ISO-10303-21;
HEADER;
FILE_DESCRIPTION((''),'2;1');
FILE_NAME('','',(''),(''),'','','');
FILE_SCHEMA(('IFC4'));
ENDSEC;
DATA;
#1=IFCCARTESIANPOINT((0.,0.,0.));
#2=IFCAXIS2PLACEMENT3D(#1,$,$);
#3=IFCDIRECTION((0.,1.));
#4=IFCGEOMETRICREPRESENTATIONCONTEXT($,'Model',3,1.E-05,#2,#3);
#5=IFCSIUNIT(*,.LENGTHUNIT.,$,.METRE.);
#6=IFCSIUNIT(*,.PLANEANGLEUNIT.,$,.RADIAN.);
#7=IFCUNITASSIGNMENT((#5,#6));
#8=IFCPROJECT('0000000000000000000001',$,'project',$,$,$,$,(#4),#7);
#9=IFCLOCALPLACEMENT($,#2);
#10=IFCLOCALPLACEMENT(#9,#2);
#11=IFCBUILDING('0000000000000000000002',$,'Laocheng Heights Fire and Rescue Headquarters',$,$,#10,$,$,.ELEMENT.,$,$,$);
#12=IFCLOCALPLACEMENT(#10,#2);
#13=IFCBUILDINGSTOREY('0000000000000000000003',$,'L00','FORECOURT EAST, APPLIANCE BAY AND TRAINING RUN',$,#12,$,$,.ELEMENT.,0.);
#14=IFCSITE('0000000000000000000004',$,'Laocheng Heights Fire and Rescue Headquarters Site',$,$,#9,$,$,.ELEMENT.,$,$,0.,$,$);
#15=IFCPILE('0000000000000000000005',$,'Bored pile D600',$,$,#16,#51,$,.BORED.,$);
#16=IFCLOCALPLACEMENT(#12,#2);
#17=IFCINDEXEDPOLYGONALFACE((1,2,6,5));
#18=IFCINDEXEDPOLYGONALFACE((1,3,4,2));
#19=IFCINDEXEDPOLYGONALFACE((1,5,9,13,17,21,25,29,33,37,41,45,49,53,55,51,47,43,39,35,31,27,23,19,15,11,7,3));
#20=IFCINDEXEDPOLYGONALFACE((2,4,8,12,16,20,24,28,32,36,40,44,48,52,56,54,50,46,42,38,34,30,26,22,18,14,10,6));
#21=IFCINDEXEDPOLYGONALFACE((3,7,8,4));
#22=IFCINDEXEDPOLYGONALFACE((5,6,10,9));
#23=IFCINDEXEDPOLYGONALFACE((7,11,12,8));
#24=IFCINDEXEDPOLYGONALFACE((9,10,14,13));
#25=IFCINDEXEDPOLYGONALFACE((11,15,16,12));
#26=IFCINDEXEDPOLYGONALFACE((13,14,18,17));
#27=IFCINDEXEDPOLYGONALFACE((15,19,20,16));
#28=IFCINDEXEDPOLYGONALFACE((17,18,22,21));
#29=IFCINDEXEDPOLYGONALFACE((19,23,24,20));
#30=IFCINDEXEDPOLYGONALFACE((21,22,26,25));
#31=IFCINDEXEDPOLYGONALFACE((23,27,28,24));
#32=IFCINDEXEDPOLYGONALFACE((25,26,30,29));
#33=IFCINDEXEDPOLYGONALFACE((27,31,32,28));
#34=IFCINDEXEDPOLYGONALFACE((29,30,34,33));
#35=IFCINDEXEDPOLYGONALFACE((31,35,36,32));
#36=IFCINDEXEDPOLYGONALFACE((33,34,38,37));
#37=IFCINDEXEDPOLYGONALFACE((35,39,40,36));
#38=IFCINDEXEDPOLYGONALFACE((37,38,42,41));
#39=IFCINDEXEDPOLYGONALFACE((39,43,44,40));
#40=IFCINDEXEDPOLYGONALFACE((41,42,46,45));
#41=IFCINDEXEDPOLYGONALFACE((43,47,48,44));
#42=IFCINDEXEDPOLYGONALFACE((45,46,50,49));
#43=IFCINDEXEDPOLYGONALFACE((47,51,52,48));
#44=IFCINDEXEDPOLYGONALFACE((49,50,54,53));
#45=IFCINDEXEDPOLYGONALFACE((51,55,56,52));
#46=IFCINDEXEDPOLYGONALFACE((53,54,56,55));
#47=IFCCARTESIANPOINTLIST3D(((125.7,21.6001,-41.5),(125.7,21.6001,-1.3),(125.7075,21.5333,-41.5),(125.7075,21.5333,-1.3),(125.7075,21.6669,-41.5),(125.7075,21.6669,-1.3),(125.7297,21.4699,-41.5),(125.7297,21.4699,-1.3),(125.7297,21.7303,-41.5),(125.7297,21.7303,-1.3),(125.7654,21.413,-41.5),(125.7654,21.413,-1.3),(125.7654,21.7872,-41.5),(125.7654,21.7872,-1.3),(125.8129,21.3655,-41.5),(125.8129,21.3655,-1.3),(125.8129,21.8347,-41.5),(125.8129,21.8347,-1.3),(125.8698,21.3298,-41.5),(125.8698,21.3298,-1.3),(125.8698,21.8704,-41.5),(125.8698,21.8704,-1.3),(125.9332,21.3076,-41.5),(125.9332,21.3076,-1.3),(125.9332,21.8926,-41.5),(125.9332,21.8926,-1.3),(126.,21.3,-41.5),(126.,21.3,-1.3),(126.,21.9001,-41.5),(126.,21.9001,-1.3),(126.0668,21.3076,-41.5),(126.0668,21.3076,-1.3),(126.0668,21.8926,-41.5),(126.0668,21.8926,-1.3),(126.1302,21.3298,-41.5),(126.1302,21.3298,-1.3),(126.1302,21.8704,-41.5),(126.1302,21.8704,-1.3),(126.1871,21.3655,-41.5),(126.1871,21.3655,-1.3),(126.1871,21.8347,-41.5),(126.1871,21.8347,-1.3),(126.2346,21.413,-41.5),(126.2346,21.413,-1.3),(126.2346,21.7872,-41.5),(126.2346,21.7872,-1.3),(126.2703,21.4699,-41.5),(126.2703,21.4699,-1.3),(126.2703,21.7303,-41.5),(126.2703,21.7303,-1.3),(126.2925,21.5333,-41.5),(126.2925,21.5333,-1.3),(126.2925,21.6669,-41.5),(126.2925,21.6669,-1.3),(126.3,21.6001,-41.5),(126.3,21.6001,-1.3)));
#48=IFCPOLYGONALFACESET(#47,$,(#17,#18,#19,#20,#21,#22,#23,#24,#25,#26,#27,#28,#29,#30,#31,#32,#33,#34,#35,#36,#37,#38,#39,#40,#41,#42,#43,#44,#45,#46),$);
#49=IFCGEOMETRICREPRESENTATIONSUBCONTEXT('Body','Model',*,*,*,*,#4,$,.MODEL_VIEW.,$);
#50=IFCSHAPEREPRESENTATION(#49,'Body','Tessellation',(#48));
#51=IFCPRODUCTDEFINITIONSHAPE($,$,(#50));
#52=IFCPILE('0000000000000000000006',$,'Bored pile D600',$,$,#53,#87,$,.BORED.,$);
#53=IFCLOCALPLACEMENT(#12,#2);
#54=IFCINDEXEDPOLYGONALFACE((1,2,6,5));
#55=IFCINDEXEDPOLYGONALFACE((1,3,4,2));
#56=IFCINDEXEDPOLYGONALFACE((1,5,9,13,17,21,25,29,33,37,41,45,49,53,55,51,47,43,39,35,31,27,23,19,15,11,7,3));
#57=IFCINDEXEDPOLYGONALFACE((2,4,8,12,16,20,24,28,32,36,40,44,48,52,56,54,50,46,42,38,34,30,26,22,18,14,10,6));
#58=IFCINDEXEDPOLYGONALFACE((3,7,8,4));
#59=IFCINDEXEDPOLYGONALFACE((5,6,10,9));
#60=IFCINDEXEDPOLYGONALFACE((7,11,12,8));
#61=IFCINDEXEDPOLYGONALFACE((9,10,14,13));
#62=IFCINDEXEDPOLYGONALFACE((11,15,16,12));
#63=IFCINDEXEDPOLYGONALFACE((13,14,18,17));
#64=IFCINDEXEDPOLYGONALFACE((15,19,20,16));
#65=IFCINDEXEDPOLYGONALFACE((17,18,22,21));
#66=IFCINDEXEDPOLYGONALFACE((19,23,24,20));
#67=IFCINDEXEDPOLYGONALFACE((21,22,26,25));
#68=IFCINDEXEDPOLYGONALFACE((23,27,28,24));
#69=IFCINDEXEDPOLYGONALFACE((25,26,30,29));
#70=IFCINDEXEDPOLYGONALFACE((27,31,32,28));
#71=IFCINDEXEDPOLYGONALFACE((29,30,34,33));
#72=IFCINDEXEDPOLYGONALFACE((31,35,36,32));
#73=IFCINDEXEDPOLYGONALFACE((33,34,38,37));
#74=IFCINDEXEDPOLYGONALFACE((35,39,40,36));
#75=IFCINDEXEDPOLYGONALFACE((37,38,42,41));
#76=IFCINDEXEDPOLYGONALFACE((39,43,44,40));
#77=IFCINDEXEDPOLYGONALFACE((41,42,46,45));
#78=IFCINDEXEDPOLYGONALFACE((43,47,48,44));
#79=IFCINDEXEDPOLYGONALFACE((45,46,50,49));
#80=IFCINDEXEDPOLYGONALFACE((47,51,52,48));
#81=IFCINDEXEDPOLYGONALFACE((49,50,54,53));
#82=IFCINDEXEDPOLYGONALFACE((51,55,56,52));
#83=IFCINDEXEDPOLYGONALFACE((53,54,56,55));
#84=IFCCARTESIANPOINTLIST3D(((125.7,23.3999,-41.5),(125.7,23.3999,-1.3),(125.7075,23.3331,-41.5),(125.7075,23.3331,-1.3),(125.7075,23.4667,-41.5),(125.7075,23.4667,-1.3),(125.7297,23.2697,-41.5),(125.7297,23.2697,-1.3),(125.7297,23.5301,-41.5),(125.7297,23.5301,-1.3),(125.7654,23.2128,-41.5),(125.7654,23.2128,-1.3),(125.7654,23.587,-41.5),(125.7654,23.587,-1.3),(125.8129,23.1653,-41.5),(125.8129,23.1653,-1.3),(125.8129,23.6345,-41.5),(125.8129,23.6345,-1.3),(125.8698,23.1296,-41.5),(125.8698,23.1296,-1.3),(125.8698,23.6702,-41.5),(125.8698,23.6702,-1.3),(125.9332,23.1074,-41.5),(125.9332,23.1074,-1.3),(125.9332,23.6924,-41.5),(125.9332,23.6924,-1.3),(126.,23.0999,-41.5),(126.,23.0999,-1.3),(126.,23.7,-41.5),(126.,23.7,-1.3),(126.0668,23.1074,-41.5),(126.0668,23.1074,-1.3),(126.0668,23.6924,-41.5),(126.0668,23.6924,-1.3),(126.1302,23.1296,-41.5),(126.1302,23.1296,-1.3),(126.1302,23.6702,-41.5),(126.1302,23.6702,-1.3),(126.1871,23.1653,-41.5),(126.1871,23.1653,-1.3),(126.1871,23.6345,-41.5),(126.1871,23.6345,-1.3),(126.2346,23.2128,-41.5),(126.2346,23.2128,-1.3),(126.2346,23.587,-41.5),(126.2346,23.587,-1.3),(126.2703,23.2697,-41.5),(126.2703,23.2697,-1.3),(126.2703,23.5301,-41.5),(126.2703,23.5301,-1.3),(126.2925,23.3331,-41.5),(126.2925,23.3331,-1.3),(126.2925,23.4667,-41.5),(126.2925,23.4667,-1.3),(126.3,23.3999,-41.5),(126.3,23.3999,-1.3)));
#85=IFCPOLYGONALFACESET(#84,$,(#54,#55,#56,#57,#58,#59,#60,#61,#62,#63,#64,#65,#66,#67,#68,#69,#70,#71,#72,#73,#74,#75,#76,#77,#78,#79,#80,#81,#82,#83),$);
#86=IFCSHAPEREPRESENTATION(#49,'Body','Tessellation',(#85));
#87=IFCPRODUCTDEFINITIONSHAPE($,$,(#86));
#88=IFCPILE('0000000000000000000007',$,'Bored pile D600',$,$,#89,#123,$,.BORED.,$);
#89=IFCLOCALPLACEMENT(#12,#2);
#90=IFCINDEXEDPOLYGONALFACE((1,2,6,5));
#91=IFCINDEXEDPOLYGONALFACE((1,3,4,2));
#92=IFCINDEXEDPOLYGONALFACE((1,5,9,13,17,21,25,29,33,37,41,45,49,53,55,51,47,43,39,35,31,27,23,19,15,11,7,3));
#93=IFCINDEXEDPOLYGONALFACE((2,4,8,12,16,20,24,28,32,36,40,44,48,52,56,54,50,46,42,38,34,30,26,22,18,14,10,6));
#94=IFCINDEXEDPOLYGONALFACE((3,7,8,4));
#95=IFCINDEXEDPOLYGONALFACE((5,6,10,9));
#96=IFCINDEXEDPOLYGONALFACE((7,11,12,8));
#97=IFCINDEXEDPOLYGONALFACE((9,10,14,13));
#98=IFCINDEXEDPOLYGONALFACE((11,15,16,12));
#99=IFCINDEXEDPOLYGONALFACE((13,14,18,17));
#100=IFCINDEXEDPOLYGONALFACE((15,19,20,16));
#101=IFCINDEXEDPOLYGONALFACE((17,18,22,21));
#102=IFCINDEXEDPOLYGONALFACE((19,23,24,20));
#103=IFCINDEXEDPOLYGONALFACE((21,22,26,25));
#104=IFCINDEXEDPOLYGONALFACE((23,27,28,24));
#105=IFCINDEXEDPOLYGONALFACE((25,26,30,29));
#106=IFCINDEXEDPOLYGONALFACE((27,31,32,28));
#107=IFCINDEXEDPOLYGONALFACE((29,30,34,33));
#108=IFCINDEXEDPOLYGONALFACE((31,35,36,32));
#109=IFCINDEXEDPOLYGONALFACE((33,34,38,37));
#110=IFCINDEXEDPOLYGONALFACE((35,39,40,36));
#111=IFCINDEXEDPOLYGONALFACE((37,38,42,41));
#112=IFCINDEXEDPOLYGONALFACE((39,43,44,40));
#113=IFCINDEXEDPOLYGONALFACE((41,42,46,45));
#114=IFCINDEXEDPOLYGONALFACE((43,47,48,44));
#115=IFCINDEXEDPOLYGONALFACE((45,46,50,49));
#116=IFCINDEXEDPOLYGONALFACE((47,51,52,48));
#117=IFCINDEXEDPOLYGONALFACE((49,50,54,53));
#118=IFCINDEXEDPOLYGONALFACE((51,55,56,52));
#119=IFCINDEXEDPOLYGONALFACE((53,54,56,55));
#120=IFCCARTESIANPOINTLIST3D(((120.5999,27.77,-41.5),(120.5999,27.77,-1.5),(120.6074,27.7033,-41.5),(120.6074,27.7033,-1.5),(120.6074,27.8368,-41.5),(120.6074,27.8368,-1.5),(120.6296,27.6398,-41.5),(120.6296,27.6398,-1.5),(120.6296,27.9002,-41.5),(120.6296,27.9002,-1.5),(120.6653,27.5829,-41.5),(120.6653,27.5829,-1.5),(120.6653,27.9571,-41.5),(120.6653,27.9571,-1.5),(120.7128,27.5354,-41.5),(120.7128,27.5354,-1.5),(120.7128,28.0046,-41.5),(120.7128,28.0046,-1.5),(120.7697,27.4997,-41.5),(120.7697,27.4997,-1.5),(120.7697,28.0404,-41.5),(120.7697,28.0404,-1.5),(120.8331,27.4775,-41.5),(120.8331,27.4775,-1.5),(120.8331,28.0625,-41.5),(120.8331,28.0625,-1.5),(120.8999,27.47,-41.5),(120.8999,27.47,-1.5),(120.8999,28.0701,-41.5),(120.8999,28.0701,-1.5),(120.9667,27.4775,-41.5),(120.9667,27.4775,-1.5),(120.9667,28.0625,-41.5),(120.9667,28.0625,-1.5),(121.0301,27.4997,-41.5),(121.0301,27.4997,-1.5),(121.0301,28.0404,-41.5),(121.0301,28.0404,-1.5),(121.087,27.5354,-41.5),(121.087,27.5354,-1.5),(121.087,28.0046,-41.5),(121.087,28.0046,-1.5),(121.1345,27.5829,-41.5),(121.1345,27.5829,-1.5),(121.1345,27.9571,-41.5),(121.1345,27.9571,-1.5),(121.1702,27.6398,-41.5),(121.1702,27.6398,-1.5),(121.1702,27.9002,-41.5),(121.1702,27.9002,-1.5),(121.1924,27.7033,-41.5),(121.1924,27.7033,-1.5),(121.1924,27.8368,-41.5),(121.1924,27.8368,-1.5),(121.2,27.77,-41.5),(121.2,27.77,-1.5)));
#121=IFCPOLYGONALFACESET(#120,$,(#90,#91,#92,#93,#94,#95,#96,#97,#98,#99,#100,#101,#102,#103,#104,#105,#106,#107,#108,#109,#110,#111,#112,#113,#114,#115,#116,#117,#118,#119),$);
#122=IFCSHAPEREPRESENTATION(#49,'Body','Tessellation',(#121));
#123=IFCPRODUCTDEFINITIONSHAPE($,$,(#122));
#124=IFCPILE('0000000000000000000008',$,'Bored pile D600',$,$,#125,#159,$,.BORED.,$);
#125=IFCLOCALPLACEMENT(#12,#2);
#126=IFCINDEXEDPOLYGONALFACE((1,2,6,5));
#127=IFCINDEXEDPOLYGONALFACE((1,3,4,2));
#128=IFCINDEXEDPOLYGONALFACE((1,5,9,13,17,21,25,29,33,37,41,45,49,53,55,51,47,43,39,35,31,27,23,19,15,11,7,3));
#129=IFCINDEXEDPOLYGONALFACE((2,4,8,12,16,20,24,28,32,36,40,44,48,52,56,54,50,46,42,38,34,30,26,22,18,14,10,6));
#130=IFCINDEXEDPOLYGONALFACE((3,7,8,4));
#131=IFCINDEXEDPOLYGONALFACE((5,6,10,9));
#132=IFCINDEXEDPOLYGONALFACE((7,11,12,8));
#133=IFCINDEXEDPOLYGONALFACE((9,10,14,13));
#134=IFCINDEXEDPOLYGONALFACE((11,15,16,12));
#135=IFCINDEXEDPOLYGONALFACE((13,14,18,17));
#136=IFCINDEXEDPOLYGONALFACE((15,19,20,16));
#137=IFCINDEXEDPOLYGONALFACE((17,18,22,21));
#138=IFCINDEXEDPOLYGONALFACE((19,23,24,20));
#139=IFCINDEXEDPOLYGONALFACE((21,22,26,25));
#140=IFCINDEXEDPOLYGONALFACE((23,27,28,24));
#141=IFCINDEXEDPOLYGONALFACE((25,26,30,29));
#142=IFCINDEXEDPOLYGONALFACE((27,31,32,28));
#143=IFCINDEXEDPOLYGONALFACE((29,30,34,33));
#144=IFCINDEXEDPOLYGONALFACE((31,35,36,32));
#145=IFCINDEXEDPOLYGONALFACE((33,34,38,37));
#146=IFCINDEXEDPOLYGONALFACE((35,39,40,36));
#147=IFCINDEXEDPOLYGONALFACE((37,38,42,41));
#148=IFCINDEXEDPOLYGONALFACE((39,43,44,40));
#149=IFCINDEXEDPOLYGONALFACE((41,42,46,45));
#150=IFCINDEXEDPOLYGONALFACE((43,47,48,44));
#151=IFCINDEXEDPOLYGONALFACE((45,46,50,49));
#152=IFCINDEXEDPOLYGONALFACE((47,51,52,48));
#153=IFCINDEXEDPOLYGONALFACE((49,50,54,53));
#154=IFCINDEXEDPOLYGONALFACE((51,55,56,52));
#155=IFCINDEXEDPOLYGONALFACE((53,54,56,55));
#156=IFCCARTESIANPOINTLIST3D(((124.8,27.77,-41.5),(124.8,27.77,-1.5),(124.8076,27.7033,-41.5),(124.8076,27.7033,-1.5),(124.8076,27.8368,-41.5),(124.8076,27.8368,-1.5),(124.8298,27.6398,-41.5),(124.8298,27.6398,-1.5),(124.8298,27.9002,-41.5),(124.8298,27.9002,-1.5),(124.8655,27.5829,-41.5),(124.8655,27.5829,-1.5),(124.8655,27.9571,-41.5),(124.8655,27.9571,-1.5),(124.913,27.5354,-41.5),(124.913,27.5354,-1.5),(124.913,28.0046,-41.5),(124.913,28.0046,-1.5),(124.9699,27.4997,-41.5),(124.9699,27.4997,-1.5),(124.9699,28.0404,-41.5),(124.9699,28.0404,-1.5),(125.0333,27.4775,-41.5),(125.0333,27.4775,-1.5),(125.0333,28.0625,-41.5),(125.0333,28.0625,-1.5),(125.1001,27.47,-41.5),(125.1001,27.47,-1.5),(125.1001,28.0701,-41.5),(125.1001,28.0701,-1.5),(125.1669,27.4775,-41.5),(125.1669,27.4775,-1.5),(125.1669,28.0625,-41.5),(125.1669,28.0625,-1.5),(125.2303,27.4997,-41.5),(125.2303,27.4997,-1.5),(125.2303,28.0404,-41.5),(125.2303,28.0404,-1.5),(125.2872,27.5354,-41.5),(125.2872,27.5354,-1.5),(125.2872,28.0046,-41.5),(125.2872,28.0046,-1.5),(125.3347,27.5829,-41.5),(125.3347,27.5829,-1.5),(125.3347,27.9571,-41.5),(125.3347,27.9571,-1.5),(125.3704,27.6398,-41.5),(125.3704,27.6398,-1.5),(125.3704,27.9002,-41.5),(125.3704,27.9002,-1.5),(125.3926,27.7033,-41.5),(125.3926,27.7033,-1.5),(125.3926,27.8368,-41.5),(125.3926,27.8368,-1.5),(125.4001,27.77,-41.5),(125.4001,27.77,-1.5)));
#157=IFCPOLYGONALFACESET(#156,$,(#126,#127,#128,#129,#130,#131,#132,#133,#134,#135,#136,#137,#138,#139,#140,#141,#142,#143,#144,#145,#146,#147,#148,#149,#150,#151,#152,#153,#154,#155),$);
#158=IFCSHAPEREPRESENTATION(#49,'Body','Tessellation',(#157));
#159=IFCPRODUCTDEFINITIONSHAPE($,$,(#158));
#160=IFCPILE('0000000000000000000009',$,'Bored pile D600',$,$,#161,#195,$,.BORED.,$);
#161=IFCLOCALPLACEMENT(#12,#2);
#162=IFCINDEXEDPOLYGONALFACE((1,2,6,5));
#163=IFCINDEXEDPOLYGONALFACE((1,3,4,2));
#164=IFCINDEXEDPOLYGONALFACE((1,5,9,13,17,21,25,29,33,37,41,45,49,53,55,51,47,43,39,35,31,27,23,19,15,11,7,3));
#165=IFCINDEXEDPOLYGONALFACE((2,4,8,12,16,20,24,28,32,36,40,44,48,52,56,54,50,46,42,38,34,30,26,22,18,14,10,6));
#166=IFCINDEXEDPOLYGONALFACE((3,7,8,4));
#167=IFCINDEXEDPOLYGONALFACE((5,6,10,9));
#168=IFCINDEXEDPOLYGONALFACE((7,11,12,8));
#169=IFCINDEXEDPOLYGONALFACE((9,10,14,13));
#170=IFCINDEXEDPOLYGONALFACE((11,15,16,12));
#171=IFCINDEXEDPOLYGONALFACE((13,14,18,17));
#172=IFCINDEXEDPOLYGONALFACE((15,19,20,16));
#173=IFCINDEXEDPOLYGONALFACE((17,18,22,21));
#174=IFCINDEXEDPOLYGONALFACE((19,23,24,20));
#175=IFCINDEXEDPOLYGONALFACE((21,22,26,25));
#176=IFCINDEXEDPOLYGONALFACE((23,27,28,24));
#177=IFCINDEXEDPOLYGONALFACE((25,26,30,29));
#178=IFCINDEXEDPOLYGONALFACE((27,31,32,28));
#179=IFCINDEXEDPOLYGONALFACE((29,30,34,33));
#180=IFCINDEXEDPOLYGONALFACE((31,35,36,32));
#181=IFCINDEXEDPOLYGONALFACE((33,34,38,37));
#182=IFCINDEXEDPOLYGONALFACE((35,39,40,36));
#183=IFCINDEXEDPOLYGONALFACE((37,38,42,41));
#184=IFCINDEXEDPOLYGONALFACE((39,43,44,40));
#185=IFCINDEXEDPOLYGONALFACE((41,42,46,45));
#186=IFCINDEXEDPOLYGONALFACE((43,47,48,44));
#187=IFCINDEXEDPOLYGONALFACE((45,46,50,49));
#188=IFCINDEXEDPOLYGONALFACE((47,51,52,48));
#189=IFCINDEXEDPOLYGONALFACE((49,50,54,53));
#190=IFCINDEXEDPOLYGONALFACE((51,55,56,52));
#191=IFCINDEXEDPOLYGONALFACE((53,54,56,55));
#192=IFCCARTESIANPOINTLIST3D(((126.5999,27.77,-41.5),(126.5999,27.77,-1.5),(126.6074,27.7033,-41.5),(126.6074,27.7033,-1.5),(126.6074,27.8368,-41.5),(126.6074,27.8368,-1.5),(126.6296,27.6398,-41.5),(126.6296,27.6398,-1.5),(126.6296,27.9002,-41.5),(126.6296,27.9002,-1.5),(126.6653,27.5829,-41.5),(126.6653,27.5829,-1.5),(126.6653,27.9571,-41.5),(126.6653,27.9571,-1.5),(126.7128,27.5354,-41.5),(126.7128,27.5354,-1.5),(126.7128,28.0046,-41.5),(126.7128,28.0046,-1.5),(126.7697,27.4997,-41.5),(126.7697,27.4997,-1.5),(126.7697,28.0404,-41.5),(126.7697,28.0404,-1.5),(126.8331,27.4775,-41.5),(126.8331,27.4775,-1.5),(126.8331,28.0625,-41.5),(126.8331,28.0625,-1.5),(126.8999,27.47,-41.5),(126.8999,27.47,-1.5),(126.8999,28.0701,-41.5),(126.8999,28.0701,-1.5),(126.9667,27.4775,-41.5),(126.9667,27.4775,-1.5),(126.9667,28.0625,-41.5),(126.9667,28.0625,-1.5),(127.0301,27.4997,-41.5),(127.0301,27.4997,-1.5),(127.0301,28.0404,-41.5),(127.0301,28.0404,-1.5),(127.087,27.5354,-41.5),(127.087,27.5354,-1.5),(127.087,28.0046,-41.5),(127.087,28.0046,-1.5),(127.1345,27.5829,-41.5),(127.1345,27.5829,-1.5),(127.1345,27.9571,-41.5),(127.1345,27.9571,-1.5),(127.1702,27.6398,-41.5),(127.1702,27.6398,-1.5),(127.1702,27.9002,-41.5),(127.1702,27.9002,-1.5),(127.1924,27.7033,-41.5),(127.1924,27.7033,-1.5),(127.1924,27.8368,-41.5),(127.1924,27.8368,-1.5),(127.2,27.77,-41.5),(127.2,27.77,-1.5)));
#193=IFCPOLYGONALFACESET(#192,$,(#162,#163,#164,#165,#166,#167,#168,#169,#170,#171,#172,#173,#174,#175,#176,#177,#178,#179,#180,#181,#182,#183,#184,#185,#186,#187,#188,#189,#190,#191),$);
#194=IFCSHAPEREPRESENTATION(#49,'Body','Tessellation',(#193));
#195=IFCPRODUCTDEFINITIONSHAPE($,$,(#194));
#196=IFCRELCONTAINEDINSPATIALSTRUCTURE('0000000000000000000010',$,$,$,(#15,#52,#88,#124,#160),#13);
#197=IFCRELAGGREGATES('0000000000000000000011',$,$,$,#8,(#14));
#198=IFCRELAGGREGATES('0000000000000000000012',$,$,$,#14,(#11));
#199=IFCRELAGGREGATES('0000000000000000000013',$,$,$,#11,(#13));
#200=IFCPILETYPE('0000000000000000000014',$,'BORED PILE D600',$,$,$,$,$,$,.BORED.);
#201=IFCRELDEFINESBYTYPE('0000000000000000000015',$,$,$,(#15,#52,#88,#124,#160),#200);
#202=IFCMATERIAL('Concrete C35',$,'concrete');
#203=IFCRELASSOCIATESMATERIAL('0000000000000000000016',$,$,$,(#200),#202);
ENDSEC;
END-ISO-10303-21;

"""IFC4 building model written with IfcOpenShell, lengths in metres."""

from ifc_helpers import new_model, si_unit, direction, frame, origin, origin_2d, place, context, subcontext, project, spatial, circle, extrude, material, material_profile, profile_set, type_object, element, save


model = new_model("IFC4")

# Units and contexts
model_context = context("Model", 3, precision=1e-05, world=origin(), true_north=direction((0.0, 1.0)))
body_context = subcontext(model_context, "Body", "Model", "MODEL_VIEW")
ifc_project = project(units=[si_unit("LENGTHUNIT", "METRE"), si_unit("PLANEANGLEUNIT", "RADIAN")], contexts=[model_context])

# Site, building, storey
site_placement = place(None, origin())
site = spatial("IfcSite", under=ifc_project, at=site_placement, Name="Laocheng Heights Fire and Rescue Headquarters Site", CompositionType="ELEMENT", RefElevation=0.0)
building_placement = place(site_placement, origin())
building = spatial("IfcBuilding", under=site, at=building_placement, Name="Laocheng Heights Fire and Rescue Headquarters", CompositionType="ELEMENT")
storey_placement = place(building_placement, origin())
storey = spatial("IfcBuildingStorey", under=building, at=storey_placement, Name="L00", Description="FORECOURT EAST, APPLIANCE BAY AND TRAINING RUN", CompositionType="ELEMENT", Elevation=0.0)

# Piles
ifc_material_1 = material(Name="Concrete C35", Category="concrete")
ifc_material_profile_1 = material_profile(ifc_material_1, circle(Radius=0.3, at=origin_2d()), Name="BORED PILE D600")
ifc_profile_set_1 = profile_set([ifc_material_profile_1], Name="Concrete C35")
pile_type_1 = type_object("IfcPileType", Name="BORED PILE D600", PredefinedType="BORED", material=ifc_profile_set_1)
for number, where, z_axis, x_axis, name in (
    (1, (126.0, 21.6001, -1.3), (0.0, 0.0, -1.0), (1.0, 0.0, 0.0), "Bored pile D600"),
    (2, (126.0, 23.3999, -1.3), (0.0, 0.0, -1.0), (1.0, 0.0, 0.0), "Bored pile D600"),
):
    element("IfcPile", number, at=place(storey_placement, frame(where, z_axis=z_axis, x_axis=x_axis)), inside=storey, type_object=pile_type_1, Name=name, PredefinedType="BORED", context=body_context, shape_type="SweptSolid", body=[
        extrude(circle(Radius=0.3, at=origin_2d()), origin(), (0.0, 0.0, 1.0), 40.2),
    ])
for number, where, z_axis, x_axis, name in (
    (3, (120.8999, 27.77, -1.5), (0.0, 0.0, -1.0), (1.0, 0.0, 0.0), "Bored pile D600"),
    (4, (125.1001, 27.77, -1.5), (0.0, 0.0, -1.0), (1.0, 0.0, 0.0), "Bored pile D600"),
    (5, (126.8999, 27.77, -1.5), (0.0, 0.0, -1.0), (1.0, 0.0, 0.0), "Bored pile D600"),
):
    element("IfcPile", number, at=place(storey_placement, frame(where, z_axis=z_axis, x_axis=x_axis)), inside=storey, type_object=pile_type_1, Name=name, PredefinedType="BORED", context=body_context, shape_type="SweptSolid", body=[
        extrude(circle(Radius=0.3, at=origin_2d()), origin(), (0.0, 0.0, 1.0), 40.0),
    ])

save(model, "model.ifc")
